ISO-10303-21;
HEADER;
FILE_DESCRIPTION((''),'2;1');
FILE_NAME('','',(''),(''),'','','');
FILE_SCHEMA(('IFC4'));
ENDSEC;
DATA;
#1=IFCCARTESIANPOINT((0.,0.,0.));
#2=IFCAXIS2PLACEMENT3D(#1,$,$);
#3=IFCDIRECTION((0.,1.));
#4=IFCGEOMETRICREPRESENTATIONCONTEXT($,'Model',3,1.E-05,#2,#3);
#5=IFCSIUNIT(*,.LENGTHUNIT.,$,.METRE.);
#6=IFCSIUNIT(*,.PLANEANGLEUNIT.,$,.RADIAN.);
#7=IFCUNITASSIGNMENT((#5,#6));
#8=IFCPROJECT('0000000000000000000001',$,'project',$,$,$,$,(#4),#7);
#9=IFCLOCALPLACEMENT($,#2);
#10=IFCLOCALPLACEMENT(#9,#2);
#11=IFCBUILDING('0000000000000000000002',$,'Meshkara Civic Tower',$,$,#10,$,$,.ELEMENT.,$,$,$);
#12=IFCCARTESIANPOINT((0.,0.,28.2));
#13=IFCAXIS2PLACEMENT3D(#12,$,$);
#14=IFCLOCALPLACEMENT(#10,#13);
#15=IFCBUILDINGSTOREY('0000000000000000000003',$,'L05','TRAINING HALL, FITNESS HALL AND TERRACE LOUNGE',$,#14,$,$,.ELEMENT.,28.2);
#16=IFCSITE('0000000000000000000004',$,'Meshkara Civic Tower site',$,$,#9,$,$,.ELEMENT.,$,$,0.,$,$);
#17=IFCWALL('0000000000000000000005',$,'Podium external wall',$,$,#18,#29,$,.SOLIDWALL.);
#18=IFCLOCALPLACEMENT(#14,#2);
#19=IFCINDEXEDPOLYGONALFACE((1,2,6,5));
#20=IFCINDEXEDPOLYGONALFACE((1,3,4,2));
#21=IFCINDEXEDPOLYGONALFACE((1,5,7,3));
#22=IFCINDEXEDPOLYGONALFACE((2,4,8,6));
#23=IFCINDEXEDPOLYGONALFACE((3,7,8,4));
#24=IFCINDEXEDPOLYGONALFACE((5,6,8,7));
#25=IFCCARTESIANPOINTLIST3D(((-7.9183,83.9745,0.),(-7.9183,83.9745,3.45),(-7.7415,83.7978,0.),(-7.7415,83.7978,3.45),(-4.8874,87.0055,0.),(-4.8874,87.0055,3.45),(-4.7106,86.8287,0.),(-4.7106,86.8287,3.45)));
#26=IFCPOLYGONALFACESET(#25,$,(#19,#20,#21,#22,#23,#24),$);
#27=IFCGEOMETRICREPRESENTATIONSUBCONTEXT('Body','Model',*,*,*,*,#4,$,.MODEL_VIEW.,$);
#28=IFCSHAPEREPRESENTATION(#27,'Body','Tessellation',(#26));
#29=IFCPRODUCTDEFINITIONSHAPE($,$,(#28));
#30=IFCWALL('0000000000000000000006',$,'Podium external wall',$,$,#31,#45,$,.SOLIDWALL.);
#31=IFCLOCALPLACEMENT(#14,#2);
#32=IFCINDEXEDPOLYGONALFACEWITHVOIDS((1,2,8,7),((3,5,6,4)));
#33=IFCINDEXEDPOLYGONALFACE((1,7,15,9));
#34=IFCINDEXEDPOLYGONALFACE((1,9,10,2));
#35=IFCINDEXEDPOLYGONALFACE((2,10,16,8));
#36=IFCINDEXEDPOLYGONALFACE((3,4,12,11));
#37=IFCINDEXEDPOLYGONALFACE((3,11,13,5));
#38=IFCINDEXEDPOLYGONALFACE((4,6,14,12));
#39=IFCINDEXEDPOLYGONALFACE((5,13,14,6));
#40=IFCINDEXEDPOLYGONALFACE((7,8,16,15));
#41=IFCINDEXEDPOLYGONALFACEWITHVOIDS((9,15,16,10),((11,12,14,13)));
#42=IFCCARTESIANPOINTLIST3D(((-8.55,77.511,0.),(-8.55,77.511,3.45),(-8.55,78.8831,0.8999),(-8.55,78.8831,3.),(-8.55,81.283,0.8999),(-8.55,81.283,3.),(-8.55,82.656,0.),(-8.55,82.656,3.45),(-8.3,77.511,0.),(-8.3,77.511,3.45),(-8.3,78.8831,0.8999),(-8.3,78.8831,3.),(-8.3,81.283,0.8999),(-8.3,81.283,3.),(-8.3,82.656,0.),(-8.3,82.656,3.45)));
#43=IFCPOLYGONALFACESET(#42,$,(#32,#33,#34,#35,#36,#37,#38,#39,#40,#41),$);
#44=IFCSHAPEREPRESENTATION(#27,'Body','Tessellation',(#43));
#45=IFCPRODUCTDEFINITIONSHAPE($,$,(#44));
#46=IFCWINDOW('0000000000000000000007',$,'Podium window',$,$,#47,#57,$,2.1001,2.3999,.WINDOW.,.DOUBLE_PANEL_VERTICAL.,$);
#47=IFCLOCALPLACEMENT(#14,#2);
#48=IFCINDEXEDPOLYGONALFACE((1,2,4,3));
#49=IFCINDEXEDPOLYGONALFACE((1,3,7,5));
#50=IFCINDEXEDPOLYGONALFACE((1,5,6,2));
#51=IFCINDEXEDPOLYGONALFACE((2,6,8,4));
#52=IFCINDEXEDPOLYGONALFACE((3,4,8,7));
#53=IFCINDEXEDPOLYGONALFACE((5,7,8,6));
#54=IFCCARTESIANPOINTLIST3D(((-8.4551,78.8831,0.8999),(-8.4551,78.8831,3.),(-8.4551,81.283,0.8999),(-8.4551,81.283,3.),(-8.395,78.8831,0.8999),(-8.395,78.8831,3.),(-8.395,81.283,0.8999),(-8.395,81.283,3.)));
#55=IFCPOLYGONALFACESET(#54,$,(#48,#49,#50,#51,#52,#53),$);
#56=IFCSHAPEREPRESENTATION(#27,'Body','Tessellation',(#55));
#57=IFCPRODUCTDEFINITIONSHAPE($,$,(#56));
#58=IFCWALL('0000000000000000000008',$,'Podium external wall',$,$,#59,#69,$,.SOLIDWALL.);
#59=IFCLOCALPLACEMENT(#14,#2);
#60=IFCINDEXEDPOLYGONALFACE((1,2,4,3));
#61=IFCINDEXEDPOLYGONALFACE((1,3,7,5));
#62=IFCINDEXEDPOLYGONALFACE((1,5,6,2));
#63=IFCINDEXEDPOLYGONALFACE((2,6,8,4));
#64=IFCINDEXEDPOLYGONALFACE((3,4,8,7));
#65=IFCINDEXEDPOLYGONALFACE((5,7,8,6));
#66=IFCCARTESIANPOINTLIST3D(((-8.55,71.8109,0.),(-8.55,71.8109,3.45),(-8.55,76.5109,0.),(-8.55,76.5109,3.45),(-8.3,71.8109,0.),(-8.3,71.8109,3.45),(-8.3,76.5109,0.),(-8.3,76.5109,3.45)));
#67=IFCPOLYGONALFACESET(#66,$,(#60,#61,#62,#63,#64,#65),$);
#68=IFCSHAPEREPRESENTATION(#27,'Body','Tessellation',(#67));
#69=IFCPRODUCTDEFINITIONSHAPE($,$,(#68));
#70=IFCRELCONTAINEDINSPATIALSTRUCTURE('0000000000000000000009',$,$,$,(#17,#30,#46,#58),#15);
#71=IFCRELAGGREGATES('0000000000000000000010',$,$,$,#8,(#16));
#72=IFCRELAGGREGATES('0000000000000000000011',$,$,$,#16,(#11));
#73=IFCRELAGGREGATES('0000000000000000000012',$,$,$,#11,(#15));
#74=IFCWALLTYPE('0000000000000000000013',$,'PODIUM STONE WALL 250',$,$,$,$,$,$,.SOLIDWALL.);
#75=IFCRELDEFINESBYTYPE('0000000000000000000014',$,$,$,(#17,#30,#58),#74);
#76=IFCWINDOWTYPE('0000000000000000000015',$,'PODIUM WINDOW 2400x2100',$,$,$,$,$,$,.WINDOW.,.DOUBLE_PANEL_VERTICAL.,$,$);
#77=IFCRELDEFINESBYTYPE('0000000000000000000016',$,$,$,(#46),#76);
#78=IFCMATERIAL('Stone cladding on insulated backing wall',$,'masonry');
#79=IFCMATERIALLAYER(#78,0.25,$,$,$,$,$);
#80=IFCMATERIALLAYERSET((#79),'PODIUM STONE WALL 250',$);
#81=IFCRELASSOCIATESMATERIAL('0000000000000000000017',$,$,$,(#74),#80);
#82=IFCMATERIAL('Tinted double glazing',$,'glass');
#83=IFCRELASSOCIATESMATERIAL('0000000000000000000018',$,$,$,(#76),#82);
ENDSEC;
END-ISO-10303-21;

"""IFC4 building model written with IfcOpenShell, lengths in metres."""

from ifc_helpers import new_model, si_unit, direction, frame, frame_2d, origin, place, context, subcontext, project, spatial, rectangle, extrude, material, layer, layer_set, type_object, element, fill, save


model = new_model("IFC4")

# Units and contexts
model_context = context("Model", 3, precision=1e-05, world=origin(), true_north=direction((0.0, 1.0)))
body_context = subcontext(model_context, "Body", "Model", "MODEL_VIEW")
ifc_project = project(units=[si_unit("LENGTHUNIT", "METRE"), si_unit("PLANEANGLEUNIT", "RADIAN")], contexts=[model_context])

# Site, building, storey
site_placement = place(None, origin())
site = spatial("IfcSite", under=ifc_project, at=site_placement, Name="Meshkara Civic Tower site", CompositionType="ELEMENT", RefElevation=0.0)
building_placement = place(site_placement, origin())
building = spatial("IfcBuilding", under=site, at=building_placement, Name="Meshkara Civic Tower", CompositionType="ELEMENT")
storey_placement = place(building_placement, frame((0.0, 0.0, 28.2)))
storey = spatial("IfcBuildingStorey", under=building, at=storey_placement, Name="L05", Description="TRAINING HALL, FITNESS HALL AND TERRACE LOUNGE", CompositionType="ELEMENT", Elevation=28.2)

# Shared definitions
ifc_material_1 = material(Name="Stone cladding on insulated backing wall", Category="masonry")
ifc_layer = layer(ifc_material_1, 0.25)
ifc_layer_set = layer_set([ifc_layer], Name="PODIUM STONE WALL 250")
wall_type = type_object("IfcWallType", Name="PODIUM STONE WALL 250", PredefinedType="SOLIDWALL", material=ifc_layer_set)
ifc_material_2 = material(Name="Tinted double glazing", Category="glass")
window_type = type_object("IfcWindowType", Name="PODIUM WINDOW 2400x2100", PartitioningType="DOUBLE_PANEL_VERTICAL", PredefinedType="WINDOW", material=ifc_material_2)

# Wall
wall_1_placement = place(storey_placement, frame((-4.7991, 86.917, 0.0), z_axis=(0.0, 0.0, 1.0), x_axis=(-0.707107, -0.707107, 0.0)))
element("IfcWall", 1, at=wall_1_placement, inside=storey, type_object=wall_type, Name="Podium external wall", PredefinedType="SOLIDWALL", context=body_context, shape_type="SweptSolid", body=[
    extrude(rectangle(XDim=4.2864, YDim=0.25, at=frame_2d((2.1431, 0.0))), origin(), (0.0, 0.0, 1.0), 3.45),
])

# Wall, opening, window
wall_2_placement = place(storey_placement, frame((-8.425, 82.656, 0.0), z_axis=(0.0, 0.0, 1.0), x_axis=(0.0, -1.0, 0.0)))
wall_2 = element("IfcWall", 2, at=wall_2_placement, inside=storey, type_object=wall_type, Name="Podium external wall", PredefinedType="SOLIDWALL", context=body_context, shape_type="SweptSolid", body=[
    extrude(rectangle(XDim=5.145, YDim=0.25, at=frame_2d((2.5725, 0.0))), origin(), (0.0, 0.0, 1.0), 3.45),
])
opening_1_placement = place(wall_2_placement, frame((1.373, 0.0, 0.8999)))
opening_1 = element("IfcOpeningElement", 3, at=opening_1_placement, cuts=wall_2, PredefinedType="OPENING", context=body_context, shape_type="SweptSolid", body=[
    extrude(rectangle(XDim=2.3999, YDim=2.1001, at=frame_2d((1.2, 1.05))), frame((0.0, 0.135, 0.0), z_axis=(0.0, -1.0, 0.0), x_axis=(1.0, 0.0, 0.0)), (0.0, 0.0, 1.0), 0.27),
])
window_1_placement = place(opening_1_placement, origin())
window_1 = element("IfcWindow", 4, at=window_1_placement, inside=storey, type_object=window_type, Name="Podium window", OverallHeight=2.1001, OverallWidth=2.3999, PartitioningType="DOUBLE_PANEL_VERTICAL", PredefinedType="WINDOW", context=body_context, shape_type="SweptSolid", body=[
    extrude(rectangle(XDim=2.3999, YDim=2.1001, at=frame_2d((1.2, 1.05))), frame((0.0, 0.03, 0.0), z_axis=(0.0, -1.0, 0.0), x_axis=(1.0, 0.0, 0.0)), (0.0, 0.0, 1.0), 0.0601),
])
fill(opening_1, window_1)

# Wall
wall_3_placement = place(storey_placement, frame((-8.425, 76.511, 0.0), z_axis=(0.0, 0.0, 1.0), x_axis=(0.0, -1.0, 0.0)))
element("IfcWall", 5, at=wall_3_placement, inside=storey, type_object=wall_type, Name="Podium external wall", PredefinedType="SOLIDWALL", context=body_context, shape_type="SweptSolid", body=[
    extrude(rectangle(XDim=4.7, YDim=0.25, at=frame_2d((2.3501, 0.0))), origin(), (0.0, 0.0, 1.0), 3.45),
])

save(model, "model.ifc")
